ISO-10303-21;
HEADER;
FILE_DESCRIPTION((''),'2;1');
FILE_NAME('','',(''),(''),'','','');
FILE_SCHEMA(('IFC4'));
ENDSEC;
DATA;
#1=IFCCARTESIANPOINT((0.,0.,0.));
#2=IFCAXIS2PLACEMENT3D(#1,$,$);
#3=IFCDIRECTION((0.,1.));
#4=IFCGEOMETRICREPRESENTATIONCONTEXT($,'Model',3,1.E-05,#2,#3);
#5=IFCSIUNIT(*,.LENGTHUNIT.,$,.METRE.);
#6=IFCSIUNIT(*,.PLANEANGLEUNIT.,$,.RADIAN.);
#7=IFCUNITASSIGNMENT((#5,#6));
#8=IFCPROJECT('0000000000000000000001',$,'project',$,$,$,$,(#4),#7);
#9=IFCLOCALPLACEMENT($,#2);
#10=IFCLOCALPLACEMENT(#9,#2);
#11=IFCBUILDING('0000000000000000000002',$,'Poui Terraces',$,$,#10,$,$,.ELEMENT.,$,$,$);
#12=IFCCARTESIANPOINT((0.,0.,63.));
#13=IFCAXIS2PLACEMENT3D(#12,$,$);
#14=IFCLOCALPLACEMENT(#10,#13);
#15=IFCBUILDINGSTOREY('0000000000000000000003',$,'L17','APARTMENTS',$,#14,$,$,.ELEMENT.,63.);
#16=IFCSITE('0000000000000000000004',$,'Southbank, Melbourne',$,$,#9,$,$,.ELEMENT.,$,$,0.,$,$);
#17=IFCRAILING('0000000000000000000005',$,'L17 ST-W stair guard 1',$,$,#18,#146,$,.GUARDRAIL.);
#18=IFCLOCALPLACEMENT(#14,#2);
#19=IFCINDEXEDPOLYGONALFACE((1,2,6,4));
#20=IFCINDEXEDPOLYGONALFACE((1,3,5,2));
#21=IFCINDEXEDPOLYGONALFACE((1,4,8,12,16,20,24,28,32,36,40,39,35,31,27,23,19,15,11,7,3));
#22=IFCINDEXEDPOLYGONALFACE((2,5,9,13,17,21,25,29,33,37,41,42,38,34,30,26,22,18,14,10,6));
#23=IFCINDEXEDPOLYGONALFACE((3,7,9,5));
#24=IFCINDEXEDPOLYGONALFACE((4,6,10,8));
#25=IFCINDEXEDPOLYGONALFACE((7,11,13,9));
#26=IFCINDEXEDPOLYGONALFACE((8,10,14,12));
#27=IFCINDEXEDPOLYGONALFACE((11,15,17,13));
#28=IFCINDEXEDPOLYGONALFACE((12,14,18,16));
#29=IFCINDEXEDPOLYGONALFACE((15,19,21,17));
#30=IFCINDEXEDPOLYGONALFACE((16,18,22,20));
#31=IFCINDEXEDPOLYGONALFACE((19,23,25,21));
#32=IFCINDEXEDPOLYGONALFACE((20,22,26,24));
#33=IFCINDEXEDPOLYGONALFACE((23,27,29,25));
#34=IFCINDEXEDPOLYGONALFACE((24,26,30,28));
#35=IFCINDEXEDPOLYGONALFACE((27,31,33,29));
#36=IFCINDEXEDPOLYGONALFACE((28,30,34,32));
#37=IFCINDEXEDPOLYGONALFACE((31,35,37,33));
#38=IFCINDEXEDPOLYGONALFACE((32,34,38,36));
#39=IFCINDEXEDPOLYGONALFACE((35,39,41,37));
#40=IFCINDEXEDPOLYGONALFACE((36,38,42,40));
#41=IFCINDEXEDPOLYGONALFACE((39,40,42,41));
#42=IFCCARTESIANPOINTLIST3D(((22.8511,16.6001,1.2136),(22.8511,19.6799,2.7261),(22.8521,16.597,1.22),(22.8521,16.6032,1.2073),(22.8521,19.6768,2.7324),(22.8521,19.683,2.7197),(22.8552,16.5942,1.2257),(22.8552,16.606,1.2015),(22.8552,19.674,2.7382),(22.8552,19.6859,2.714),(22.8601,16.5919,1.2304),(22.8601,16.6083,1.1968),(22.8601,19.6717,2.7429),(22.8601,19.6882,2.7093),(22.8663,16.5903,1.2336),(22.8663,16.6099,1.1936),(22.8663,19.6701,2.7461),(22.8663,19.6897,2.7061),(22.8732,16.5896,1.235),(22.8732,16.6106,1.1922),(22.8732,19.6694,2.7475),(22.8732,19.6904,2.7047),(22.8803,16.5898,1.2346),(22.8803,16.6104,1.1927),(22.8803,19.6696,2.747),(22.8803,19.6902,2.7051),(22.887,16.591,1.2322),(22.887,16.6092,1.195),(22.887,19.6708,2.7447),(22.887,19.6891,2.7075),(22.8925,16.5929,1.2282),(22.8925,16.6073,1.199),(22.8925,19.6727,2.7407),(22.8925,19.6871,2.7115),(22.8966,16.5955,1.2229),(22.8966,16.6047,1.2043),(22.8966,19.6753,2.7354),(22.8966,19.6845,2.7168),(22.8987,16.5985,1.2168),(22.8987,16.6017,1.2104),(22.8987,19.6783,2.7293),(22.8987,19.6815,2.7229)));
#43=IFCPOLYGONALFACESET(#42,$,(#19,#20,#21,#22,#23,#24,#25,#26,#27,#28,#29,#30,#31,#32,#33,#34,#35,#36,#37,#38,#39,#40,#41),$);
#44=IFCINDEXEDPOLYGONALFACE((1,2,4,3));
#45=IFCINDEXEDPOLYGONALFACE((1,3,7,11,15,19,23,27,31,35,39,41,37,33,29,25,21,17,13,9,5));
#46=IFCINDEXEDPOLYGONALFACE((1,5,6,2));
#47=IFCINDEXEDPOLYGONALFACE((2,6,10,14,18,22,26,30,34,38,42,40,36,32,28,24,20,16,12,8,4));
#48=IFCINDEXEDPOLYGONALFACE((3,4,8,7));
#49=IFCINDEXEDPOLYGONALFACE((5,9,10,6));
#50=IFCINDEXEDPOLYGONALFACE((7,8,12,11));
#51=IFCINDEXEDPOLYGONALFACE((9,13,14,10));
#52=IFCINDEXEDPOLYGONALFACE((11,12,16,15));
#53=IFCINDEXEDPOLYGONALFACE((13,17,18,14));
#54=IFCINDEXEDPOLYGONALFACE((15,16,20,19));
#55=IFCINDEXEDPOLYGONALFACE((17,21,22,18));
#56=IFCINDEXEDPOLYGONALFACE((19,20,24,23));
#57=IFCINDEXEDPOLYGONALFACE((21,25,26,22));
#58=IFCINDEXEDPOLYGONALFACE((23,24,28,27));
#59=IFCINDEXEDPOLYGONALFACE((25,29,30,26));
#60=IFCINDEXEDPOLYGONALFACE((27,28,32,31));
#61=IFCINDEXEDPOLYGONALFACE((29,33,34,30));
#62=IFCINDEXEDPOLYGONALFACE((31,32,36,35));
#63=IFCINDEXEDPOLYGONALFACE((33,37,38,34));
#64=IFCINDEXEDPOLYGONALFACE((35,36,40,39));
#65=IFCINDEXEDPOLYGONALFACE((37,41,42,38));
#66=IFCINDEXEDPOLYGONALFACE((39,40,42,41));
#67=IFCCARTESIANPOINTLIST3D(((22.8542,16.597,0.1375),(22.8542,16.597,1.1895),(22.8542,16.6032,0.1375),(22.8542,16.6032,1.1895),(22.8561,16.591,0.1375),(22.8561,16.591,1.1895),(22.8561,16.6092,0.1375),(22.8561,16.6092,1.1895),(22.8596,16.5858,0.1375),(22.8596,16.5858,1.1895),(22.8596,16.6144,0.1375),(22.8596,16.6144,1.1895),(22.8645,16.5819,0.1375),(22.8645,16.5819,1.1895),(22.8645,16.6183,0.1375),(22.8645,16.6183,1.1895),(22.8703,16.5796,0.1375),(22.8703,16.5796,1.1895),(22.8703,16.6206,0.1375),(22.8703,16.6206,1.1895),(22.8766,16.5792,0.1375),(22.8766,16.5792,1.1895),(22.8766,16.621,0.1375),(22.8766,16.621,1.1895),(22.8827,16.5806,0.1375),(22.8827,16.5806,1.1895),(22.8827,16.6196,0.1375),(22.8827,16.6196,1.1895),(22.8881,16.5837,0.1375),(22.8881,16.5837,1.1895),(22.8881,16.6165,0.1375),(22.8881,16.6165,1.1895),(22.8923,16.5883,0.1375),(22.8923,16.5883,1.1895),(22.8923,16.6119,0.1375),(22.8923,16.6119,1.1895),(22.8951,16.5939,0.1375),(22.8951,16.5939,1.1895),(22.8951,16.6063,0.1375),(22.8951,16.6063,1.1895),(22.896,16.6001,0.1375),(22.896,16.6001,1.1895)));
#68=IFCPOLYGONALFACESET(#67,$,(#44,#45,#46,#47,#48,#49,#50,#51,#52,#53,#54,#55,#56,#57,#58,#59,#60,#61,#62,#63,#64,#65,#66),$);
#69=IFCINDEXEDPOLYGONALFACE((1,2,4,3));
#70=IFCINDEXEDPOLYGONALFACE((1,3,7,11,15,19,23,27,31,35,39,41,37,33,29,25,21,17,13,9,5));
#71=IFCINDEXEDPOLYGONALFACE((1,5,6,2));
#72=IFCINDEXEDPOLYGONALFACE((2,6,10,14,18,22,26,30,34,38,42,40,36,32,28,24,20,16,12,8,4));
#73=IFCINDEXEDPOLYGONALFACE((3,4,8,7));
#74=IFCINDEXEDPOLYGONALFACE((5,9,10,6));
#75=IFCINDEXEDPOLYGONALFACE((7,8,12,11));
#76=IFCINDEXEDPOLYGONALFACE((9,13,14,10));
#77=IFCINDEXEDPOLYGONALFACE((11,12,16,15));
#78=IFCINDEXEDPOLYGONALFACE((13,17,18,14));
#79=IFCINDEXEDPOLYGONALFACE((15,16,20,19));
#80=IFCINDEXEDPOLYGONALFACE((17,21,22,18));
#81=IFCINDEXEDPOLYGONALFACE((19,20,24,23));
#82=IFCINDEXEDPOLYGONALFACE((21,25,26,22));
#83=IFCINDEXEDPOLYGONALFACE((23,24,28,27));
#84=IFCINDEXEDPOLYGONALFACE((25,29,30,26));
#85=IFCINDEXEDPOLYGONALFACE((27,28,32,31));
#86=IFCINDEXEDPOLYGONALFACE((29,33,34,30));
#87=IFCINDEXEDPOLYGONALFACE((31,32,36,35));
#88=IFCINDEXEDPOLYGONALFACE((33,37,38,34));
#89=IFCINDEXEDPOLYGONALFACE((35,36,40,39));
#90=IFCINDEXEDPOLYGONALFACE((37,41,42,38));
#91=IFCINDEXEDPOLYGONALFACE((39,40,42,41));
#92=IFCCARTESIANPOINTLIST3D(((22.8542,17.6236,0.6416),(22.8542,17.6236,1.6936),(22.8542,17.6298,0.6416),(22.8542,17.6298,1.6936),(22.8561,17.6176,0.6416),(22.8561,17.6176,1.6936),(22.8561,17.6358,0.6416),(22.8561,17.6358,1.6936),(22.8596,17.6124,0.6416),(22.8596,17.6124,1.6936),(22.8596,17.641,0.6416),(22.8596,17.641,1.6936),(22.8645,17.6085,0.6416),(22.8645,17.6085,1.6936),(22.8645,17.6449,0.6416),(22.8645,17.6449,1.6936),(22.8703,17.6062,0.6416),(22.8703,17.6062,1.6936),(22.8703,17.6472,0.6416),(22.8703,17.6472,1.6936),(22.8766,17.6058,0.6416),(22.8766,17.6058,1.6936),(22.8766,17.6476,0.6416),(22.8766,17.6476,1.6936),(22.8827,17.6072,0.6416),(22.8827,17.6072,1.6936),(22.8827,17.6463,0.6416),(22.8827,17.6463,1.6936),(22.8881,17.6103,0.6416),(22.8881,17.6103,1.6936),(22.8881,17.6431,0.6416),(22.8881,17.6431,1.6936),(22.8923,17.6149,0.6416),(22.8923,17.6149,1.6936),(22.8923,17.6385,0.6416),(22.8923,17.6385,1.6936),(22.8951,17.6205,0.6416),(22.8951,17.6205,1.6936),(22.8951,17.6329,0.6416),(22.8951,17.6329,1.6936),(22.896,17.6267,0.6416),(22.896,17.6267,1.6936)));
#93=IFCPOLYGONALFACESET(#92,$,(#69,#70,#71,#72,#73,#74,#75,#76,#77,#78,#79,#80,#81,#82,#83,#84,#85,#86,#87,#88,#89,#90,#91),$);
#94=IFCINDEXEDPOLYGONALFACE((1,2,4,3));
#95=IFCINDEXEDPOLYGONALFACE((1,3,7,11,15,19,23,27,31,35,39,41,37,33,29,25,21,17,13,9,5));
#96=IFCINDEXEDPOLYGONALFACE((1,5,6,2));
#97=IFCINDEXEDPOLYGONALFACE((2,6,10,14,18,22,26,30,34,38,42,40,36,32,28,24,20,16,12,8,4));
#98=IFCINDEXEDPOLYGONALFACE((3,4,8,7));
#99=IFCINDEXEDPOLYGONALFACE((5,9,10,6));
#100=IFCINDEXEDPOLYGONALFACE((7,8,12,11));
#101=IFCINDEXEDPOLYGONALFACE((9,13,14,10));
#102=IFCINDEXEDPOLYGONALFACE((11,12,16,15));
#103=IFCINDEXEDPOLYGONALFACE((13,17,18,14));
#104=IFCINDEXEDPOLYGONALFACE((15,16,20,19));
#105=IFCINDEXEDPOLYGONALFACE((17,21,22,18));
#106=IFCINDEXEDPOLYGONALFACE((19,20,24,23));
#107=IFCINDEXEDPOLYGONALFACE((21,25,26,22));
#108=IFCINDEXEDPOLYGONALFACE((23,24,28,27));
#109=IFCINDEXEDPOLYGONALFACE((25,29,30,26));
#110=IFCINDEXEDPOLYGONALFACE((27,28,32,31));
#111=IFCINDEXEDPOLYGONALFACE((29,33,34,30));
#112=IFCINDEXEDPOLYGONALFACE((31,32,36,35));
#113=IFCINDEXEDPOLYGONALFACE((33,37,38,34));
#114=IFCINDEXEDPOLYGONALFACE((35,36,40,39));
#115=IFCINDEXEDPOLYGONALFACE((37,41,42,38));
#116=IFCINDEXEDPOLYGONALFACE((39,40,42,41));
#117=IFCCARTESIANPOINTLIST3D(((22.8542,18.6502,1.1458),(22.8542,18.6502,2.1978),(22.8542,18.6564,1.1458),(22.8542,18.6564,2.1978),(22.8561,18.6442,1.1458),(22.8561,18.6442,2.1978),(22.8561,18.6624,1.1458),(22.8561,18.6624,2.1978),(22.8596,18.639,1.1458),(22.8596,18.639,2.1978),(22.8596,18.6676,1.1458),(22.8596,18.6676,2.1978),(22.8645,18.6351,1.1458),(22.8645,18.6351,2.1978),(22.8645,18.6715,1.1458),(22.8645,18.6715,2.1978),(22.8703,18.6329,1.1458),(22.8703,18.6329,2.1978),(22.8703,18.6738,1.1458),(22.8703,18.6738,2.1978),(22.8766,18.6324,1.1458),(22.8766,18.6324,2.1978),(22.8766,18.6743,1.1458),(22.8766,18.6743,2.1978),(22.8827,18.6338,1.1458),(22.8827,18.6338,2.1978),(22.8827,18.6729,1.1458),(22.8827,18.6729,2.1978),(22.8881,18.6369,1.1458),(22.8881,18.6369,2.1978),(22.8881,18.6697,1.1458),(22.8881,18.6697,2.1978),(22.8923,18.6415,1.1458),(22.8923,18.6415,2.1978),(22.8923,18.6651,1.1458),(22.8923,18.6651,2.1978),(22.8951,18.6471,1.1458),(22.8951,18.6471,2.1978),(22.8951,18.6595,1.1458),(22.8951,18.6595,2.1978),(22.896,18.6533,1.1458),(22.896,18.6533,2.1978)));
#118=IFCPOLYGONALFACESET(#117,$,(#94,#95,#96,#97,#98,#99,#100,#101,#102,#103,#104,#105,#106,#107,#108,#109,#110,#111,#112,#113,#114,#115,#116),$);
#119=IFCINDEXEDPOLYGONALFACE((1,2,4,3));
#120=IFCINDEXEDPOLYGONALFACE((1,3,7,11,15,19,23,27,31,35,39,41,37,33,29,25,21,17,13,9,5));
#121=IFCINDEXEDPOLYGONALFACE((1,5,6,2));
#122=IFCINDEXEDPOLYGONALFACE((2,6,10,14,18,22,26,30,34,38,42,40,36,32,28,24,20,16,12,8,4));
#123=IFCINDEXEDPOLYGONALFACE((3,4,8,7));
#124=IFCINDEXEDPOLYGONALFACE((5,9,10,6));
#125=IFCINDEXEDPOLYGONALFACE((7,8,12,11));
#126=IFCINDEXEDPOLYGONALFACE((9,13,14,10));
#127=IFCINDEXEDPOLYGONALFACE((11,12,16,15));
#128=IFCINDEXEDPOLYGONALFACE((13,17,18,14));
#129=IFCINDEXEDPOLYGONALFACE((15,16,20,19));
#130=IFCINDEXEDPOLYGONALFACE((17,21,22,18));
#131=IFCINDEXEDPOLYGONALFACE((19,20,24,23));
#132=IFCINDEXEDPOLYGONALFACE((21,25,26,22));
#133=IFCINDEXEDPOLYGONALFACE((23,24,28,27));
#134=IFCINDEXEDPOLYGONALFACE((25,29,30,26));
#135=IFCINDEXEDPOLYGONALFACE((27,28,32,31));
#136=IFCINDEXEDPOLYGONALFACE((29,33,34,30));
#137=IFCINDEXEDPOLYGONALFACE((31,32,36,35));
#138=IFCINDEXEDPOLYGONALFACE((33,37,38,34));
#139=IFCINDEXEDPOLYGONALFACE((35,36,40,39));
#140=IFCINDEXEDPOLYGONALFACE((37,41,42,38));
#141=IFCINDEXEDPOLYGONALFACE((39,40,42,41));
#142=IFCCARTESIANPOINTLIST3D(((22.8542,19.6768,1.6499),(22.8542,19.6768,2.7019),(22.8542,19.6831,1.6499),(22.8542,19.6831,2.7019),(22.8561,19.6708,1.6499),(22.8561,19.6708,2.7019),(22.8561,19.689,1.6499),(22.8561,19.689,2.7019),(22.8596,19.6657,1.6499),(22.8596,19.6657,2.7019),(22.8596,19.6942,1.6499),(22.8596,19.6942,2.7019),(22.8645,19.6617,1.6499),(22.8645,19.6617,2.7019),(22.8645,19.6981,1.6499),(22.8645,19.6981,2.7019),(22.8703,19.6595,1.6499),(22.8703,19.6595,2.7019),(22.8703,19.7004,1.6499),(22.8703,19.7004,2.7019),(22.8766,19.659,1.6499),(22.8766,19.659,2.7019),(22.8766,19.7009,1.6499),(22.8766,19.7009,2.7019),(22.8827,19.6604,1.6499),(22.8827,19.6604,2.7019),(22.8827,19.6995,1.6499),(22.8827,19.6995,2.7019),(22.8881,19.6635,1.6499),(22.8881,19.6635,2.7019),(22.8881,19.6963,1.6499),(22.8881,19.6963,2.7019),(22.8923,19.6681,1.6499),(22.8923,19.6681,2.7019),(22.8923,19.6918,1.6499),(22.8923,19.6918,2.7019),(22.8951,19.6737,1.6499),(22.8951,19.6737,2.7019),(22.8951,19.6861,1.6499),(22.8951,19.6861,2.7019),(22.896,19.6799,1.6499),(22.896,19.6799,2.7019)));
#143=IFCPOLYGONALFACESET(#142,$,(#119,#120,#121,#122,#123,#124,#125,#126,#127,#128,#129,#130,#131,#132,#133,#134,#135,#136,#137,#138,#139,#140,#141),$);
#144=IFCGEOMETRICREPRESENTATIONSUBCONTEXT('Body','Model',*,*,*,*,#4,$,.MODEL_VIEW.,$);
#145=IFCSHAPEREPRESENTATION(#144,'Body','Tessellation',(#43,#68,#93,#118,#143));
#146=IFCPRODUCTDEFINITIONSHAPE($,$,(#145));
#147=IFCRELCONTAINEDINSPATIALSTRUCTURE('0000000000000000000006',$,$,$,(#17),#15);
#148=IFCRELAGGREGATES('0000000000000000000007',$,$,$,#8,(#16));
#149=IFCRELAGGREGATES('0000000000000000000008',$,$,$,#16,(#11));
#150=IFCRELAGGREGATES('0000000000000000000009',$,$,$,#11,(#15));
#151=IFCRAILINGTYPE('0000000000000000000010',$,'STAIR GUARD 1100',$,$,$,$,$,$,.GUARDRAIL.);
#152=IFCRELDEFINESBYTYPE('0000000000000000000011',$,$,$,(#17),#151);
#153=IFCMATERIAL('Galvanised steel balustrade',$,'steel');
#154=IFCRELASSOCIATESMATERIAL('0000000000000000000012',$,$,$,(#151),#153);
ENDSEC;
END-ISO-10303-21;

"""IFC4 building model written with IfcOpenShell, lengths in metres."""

from ifc_helpers import new_model, si_unit, direction, frame, origin, origin_2d, place, context, subcontext, project, spatial, circle, extrude, material, type_object, element, save


model = new_model("IFC4")

# Units and contexts
model_context = context("Model", 3, precision=1e-05, world=origin(), true_north=direction((0.0, 1.0)))
body_context = subcontext(model_context, "Body", "Model", "MODEL_VIEW")
ifc_project = project(units=[si_unit("LENGTHUNIT", "METRE"), si_unit("PLANEANGLEUNIT", "RADIAN")], contexts=[model_context])

# Site, building, storey
site_placement = place(None, origin())
site = spatial("IfcSite", under=ifc_project, at=site_placement, Name="Southbank, Melbourne", CompositionType="ELEMENT", RefElevation=0.0)
building_placement = place(site_placement, origin())
building = spatial("IfcBuilding", under=site, at=building_placement, Name="Poui Terraces", CompositionType="ELEMENT")
storey_placement = place(building_placement, frame((0.0, 0.0, 63.0)))
storey = spatial("IfcBuildingStorey", under=building, at=storey_placement, Name="L17", Description="APARTMENTS", CompositionType="ELEMENT", Elevation=63.0)

# Railing
ifc_material_1 = material(Name="Galvanised steel balustrade", Category="steel")
railing_type_1 = type_object("IfcRailingType", Name="STAIR GUARD 1100", PredefinedType="GUARDRAIL", material=ifc_material_1)
railing_1_placement = place(storey_placement, frame((22.875, 16.6001, 0.1375)))
element("IfcRailing", 1, at=railing_1_placement, inside=storey, type_object=railing_type_1, Name="L17 ST-W stair guard 1", PredefinedType="GUARDRAIL", context=body_context, shape_type="SweptSolid", body=[
    extrude(circle(Radius=0.0239, at=origin_2d()), frame((0.0, 0.0, 1.0762), z_axis=(0.0, 0.897606, 0.440798), x_axis=(-1.0, 0.0, 0.0)), (0.0, 0.0, 1.0), 3.4312),
    extrude(circle(Radius=0.021, at=origin_2d()), origin(), (0.0, 0.0, 1.0), 1.052),
    extrude(circle(Radius=0.021, at=origin_2d()), frame((0.0, 1.0266, 0.5042)), (0.0, 0.0, 1.0), 1.052),
    extrude(circle(Radius=0.021, at=origin_2d()), frame((0.0, 2.0532, 1.0083)), (0.0, 0.0, 1.0), 1.052),
    extrude(circle(Radius=0.021, at=origin_2d()), frame((0.0, 3.0798, 1.5125)), (0.0, 0.0, 1.0), 1.052),
])

save(model, "model.ifc")
